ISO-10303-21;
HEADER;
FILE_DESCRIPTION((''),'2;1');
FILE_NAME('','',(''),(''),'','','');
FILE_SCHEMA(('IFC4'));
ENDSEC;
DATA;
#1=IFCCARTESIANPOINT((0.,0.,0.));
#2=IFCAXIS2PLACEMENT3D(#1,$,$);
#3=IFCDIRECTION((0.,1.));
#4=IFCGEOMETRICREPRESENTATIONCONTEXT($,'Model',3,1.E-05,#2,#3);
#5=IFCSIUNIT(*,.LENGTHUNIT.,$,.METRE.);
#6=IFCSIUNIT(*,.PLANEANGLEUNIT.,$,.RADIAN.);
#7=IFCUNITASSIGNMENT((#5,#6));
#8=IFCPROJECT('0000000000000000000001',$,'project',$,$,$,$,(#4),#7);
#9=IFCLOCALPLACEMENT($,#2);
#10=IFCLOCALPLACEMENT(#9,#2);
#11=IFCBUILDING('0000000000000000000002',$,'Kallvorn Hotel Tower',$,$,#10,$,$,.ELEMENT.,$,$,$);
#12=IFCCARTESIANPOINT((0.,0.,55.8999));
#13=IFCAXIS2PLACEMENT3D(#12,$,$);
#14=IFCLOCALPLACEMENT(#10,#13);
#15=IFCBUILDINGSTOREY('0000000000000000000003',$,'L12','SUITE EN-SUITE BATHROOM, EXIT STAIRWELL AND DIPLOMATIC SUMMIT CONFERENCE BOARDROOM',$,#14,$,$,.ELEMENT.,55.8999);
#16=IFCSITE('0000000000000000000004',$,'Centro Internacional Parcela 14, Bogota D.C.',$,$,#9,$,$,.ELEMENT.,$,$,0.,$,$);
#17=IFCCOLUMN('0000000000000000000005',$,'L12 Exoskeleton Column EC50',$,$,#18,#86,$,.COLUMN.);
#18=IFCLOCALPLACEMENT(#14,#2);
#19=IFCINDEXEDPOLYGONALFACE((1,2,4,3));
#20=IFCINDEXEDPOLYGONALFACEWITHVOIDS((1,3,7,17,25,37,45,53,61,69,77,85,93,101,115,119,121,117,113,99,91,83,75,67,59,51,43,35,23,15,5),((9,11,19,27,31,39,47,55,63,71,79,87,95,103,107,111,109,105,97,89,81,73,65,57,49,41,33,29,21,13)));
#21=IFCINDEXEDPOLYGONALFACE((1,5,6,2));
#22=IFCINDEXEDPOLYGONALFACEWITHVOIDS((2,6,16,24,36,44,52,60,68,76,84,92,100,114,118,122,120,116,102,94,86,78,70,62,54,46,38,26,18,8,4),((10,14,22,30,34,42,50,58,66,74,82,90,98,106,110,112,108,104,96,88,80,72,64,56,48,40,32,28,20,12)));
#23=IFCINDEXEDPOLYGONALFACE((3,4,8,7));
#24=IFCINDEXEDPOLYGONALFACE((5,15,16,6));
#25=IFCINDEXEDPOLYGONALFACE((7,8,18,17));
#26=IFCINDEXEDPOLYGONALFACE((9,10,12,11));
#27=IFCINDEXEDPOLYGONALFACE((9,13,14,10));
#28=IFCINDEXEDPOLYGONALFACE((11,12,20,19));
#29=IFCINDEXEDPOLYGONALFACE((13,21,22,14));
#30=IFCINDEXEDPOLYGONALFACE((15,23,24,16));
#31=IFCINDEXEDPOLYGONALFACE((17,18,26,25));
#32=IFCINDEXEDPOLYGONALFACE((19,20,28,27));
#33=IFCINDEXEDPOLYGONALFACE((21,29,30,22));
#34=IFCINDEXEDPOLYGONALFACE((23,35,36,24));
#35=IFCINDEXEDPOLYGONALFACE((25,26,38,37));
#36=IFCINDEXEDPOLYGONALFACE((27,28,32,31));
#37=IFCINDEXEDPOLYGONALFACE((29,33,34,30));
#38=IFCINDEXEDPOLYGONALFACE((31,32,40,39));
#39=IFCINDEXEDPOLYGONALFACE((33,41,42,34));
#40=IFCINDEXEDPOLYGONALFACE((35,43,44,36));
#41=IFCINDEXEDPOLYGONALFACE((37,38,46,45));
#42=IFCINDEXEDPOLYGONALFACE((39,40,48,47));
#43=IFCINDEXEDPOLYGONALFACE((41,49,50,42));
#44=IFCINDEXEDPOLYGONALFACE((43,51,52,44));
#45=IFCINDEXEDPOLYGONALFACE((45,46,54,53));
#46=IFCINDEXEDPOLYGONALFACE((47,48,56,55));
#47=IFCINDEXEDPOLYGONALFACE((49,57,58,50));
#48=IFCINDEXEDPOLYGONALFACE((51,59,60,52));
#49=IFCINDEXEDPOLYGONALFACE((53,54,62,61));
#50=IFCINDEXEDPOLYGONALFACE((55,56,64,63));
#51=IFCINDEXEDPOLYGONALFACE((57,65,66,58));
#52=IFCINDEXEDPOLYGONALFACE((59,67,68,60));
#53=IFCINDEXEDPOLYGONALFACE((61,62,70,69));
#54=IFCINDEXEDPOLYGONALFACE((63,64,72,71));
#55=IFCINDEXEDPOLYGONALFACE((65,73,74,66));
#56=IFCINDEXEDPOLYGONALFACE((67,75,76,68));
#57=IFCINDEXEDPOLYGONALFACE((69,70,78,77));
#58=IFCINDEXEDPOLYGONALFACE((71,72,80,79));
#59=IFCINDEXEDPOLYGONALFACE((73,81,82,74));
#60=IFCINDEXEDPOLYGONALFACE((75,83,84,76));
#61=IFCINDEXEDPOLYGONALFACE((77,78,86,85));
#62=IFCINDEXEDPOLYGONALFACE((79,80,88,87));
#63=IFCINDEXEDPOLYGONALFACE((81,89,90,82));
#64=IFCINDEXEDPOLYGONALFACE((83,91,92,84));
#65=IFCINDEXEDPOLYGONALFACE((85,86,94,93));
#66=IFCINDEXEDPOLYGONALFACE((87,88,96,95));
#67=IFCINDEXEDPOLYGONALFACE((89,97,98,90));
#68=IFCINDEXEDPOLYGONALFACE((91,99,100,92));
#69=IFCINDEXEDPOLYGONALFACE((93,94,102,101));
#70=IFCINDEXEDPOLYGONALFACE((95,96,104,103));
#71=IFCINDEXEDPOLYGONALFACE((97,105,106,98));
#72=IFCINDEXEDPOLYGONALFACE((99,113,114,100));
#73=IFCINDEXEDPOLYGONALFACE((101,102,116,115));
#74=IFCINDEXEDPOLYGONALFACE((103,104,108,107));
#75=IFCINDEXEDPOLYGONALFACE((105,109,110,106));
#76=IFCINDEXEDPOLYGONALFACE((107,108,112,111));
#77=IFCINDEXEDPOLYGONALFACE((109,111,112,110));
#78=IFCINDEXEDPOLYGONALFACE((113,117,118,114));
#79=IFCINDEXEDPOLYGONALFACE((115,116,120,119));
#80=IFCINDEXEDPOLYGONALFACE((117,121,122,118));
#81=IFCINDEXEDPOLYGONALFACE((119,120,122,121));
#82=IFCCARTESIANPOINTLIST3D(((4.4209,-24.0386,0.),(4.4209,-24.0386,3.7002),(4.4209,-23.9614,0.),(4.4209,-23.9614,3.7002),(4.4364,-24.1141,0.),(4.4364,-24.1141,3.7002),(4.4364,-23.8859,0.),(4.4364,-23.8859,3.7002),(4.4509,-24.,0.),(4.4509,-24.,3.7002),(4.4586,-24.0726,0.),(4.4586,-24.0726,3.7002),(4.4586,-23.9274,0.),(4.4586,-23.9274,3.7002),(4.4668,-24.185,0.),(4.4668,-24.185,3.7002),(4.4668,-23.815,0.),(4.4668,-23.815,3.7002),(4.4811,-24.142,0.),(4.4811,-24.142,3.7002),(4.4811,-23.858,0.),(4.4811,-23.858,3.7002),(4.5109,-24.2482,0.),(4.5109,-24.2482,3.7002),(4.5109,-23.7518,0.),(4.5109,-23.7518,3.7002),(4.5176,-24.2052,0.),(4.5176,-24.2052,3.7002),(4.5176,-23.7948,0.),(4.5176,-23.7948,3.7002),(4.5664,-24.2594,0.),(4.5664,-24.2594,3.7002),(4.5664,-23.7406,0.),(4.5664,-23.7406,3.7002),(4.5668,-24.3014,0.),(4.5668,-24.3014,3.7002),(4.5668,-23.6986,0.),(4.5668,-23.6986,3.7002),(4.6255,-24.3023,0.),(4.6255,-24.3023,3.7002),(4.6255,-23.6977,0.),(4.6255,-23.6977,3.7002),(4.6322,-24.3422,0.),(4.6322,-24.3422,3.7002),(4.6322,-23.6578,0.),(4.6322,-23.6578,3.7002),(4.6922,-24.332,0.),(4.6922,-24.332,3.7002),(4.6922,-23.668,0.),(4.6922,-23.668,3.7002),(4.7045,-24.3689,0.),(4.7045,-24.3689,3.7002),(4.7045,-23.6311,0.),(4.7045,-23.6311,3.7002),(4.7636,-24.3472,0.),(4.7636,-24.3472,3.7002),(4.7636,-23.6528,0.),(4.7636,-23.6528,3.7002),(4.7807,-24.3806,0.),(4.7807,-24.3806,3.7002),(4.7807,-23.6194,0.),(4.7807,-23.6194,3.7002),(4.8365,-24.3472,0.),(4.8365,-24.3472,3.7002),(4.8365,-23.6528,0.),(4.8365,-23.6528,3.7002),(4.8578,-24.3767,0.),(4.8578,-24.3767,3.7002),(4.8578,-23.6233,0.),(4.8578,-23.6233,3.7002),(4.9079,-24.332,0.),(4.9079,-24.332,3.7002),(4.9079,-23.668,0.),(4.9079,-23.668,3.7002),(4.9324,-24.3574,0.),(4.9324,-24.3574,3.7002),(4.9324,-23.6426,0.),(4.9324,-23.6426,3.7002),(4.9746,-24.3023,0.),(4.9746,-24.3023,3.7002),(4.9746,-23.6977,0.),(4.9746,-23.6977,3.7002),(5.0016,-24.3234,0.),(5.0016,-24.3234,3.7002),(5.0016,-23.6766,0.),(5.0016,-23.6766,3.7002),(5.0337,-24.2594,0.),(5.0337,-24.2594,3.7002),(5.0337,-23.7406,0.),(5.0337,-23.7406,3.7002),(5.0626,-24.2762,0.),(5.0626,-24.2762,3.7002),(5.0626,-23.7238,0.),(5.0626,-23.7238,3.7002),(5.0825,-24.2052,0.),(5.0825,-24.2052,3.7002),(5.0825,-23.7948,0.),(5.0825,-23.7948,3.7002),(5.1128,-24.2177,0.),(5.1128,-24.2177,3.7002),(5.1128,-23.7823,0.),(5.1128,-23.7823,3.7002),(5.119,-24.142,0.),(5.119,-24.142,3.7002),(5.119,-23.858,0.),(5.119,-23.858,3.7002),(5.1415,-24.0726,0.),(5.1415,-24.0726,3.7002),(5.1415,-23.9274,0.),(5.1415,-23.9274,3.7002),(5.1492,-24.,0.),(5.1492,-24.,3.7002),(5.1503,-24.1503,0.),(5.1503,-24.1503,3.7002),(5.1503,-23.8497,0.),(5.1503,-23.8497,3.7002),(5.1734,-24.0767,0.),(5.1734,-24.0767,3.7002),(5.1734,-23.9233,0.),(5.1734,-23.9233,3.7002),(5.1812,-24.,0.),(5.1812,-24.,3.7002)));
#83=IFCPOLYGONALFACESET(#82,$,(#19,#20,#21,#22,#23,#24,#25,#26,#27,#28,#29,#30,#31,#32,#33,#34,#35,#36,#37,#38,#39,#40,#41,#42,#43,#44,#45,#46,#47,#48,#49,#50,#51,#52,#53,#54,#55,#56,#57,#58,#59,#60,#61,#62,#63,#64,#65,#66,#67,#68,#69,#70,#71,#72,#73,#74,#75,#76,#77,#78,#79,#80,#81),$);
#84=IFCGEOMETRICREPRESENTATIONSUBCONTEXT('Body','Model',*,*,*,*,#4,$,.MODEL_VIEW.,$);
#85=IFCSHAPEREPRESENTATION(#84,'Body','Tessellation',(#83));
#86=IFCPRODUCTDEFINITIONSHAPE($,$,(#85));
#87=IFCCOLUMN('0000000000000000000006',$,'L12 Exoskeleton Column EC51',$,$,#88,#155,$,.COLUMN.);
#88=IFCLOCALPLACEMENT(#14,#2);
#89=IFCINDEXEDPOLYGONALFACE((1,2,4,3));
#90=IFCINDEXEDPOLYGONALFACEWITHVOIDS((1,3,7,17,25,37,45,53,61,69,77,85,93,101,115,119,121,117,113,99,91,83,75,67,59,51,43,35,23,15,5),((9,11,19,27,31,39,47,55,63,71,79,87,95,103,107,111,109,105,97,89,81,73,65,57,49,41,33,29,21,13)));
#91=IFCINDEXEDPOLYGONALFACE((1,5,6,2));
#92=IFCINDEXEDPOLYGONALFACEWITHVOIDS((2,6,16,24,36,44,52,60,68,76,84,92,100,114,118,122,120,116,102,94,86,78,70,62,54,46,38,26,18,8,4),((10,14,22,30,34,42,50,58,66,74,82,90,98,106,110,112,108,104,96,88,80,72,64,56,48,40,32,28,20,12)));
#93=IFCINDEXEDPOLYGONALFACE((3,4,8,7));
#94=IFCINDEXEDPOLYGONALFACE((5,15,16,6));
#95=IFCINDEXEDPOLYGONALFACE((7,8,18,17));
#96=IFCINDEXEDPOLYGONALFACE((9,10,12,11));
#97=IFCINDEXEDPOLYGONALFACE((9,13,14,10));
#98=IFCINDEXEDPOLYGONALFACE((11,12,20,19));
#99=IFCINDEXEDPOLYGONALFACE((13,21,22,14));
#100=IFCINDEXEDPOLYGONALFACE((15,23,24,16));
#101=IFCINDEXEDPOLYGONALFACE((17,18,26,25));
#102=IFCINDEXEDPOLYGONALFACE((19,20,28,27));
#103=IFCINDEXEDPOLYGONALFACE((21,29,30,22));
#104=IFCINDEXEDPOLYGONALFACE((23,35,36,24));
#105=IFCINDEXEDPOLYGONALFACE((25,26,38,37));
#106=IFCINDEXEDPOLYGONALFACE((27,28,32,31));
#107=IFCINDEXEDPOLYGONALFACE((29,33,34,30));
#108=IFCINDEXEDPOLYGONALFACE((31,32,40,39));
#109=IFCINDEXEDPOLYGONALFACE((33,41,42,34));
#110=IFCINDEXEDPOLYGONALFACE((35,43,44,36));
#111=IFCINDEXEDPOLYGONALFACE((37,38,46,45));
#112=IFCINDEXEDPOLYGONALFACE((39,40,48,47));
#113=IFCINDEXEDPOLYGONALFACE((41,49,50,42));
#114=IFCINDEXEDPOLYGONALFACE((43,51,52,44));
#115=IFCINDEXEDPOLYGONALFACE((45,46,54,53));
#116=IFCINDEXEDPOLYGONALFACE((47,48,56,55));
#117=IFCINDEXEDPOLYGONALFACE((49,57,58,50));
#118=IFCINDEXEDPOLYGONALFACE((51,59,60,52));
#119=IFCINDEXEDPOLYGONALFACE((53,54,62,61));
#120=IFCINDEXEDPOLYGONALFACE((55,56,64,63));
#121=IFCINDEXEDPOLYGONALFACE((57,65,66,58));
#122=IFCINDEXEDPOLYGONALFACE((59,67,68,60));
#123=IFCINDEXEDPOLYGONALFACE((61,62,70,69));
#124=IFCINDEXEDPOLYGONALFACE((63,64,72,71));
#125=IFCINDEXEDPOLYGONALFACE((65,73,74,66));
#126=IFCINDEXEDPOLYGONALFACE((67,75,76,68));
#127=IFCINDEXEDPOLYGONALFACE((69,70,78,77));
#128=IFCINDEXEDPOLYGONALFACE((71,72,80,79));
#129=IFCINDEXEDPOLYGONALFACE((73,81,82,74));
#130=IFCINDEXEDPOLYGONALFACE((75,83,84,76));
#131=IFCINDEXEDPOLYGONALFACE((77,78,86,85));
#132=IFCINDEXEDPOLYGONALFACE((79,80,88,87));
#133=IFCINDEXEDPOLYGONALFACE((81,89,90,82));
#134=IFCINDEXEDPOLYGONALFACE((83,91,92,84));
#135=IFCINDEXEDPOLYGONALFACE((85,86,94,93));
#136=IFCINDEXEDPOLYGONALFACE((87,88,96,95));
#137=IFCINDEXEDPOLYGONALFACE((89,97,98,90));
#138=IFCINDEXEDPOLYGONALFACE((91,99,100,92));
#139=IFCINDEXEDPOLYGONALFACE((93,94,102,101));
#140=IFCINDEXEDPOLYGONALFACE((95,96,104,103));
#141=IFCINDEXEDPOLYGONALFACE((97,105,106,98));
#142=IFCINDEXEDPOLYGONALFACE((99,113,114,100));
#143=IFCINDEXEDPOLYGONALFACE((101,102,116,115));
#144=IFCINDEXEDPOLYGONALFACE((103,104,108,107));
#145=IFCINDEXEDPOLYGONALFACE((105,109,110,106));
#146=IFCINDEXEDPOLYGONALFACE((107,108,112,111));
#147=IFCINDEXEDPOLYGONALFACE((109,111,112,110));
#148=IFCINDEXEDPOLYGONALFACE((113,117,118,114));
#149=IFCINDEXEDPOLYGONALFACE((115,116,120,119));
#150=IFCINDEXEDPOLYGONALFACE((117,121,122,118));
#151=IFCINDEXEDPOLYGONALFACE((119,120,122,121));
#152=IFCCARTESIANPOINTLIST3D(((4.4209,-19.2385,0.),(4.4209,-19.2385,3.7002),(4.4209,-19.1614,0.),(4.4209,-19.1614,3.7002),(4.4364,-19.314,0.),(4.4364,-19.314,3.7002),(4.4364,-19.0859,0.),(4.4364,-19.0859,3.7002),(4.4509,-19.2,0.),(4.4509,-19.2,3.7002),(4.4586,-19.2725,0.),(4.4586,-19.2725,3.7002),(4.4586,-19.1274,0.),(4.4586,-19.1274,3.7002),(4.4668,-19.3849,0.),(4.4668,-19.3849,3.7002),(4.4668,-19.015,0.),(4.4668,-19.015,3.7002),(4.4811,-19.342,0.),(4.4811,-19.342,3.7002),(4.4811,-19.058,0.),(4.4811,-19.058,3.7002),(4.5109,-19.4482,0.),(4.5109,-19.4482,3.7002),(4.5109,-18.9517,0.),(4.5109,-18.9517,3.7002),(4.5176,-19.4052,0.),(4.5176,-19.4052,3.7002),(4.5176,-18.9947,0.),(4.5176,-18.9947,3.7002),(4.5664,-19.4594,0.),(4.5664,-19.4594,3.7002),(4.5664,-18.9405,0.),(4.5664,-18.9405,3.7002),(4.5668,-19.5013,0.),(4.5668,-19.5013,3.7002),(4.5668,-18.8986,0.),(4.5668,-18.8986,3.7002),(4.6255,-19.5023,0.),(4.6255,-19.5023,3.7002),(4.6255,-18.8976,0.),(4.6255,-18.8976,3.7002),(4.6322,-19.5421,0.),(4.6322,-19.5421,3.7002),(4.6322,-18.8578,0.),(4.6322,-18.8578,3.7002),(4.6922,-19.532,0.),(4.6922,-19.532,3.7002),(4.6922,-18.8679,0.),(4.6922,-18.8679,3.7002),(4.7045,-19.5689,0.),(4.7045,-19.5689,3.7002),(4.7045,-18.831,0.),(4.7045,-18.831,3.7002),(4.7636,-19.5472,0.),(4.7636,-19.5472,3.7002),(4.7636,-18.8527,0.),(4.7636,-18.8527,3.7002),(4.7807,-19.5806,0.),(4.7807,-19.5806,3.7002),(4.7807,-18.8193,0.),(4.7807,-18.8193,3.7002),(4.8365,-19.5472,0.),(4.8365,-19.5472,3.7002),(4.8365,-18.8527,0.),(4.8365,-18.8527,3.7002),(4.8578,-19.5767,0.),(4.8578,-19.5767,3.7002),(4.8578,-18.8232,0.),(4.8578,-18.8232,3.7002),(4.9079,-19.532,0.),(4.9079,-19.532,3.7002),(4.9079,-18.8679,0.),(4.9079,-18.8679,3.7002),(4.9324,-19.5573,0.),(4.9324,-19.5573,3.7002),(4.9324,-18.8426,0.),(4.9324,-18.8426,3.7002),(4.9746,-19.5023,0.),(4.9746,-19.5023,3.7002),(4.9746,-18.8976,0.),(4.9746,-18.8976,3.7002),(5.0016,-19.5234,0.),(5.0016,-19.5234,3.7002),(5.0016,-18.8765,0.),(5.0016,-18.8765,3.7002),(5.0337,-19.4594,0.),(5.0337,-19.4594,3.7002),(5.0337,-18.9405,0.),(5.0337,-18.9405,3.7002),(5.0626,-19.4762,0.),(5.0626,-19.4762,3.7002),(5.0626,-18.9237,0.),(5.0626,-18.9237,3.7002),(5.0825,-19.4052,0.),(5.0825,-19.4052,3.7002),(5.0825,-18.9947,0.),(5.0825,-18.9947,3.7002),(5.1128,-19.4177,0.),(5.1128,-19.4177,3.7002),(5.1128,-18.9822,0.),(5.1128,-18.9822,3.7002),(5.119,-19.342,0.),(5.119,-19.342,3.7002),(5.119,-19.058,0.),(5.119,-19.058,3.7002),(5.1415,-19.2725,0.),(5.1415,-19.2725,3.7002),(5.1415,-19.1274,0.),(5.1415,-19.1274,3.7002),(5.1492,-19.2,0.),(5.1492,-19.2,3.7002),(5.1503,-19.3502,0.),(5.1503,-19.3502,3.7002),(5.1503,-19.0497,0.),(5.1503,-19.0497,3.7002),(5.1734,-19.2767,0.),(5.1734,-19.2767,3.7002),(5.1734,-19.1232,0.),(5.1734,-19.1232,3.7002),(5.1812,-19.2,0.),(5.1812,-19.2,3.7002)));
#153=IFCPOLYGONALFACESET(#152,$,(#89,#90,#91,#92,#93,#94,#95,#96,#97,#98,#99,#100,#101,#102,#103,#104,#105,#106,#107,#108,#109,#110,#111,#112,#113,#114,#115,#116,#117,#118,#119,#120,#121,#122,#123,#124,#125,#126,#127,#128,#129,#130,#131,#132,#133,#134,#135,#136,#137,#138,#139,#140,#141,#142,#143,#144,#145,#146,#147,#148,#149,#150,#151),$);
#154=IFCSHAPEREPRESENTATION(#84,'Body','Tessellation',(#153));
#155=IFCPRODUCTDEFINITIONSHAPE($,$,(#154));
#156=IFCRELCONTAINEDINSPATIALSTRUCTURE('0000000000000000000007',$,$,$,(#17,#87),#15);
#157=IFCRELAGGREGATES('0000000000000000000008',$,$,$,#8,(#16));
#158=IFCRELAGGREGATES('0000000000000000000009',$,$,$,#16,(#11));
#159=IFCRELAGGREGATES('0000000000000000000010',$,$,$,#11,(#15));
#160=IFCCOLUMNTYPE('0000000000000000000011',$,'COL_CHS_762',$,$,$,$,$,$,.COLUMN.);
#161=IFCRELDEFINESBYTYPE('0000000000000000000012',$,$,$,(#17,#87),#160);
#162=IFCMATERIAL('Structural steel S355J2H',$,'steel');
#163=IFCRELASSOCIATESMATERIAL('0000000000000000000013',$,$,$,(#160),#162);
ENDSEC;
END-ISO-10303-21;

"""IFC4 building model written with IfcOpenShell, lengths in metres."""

from ifc_helpers import new_model, si_unit, direction, frame, origin, origin_2d, place, context, subcontext, project, spatial, hollow_circle, extrude, material, material_profile, profile_set, type_object, element, save


model = new_model("IFC4")

# Units and contexts
model_context = context("Model", 3, precision=1e-05, world=origin(), true_north=direction((0.0, 1.0)))
body_context = subcontext(model_context, "Body", "Model", "MODEL_VIEW")
ifc_project = project(units=[si_unit("LENGTHUNIT", "METRE"), si_unit("PLANEANGLEUNIT", "RADIAN")], contexts=[model_context])

# Site, building, storey
site_placement = place(None, origin())
site = spatial("IfcSite", under=ifc_project, at=site_placement, Name="Centro Internacional Parcela 14, Bogota D.C.", CompositionType="ELEMENT", RefElevation=0.0)
building_placement = place(site_placement, origin())
building = spatial("IfcBuilding", under=site, at=building_placement, Name="Kallvorn Hotel Tower", CompositionType="ELEMENT")
storey_placement = place(building_placement, frame((0.0, 0.0, 55.8999)))
storey = spatial("IfcBuildingStorey", under=building, at=storey_placement, Name="L12", Description="SUITE EN-SUITE BATHROOM, EXIT STAIRWELL AND DIPLOMATIC SUMMIT CONFERENCE BOARDROOM", CompositionType="ELEMENT", Elevation=55.8999)

# Columns
ifc_material_1 = material(Name="Structural steel S355J2H", Category="steel")
ifc_material_profile_1 = material_profile(ifc_material_1, hollow_circle(Radius=0.3811, WallThickness=0.032, at=origin_2d()), Name="CHS 762x32")
ifc_profile_set_1 = profile_set([ifc_material_profile_1], Name="Structural steel S355J2H")
column_type_1 = type_object("IfcColumnType", Name="COL_CHS_762", PredefinedType="COLUMN", material=ifc_profile_set_1)
for number, where, z_axis, x_axis, name in (
    (1, (4.8, -24.0, 0.0), (0.0, 0.0, 1.0), (1.0, 0.0, 0.0), "L12 Exoskeleton Column EC50"),
    (2, (4.8, -19.2, 0.0), (0.0, 0.0, 1.0), (1.0, 0.0, 0.0), "L12 Exoskeleton Column EC51"),
):
    element("IfcColumn", number, at=place(storey_placement, frame(where, z_axis=z_axis, x_axis=x_axis)), inside=storey, type_object=column_type_1, Name=name, PredefinedType="COLUMN", context=body_context, shape_type="SweptSolid", body=[
        extrude(hollow_circle(Radius=0.3811, WallThickness=0.032, at=origin_2d()), origin(), (0.0, 0.0, 1.0), 3.7002),
    ])

save(model, "model.ifc")
